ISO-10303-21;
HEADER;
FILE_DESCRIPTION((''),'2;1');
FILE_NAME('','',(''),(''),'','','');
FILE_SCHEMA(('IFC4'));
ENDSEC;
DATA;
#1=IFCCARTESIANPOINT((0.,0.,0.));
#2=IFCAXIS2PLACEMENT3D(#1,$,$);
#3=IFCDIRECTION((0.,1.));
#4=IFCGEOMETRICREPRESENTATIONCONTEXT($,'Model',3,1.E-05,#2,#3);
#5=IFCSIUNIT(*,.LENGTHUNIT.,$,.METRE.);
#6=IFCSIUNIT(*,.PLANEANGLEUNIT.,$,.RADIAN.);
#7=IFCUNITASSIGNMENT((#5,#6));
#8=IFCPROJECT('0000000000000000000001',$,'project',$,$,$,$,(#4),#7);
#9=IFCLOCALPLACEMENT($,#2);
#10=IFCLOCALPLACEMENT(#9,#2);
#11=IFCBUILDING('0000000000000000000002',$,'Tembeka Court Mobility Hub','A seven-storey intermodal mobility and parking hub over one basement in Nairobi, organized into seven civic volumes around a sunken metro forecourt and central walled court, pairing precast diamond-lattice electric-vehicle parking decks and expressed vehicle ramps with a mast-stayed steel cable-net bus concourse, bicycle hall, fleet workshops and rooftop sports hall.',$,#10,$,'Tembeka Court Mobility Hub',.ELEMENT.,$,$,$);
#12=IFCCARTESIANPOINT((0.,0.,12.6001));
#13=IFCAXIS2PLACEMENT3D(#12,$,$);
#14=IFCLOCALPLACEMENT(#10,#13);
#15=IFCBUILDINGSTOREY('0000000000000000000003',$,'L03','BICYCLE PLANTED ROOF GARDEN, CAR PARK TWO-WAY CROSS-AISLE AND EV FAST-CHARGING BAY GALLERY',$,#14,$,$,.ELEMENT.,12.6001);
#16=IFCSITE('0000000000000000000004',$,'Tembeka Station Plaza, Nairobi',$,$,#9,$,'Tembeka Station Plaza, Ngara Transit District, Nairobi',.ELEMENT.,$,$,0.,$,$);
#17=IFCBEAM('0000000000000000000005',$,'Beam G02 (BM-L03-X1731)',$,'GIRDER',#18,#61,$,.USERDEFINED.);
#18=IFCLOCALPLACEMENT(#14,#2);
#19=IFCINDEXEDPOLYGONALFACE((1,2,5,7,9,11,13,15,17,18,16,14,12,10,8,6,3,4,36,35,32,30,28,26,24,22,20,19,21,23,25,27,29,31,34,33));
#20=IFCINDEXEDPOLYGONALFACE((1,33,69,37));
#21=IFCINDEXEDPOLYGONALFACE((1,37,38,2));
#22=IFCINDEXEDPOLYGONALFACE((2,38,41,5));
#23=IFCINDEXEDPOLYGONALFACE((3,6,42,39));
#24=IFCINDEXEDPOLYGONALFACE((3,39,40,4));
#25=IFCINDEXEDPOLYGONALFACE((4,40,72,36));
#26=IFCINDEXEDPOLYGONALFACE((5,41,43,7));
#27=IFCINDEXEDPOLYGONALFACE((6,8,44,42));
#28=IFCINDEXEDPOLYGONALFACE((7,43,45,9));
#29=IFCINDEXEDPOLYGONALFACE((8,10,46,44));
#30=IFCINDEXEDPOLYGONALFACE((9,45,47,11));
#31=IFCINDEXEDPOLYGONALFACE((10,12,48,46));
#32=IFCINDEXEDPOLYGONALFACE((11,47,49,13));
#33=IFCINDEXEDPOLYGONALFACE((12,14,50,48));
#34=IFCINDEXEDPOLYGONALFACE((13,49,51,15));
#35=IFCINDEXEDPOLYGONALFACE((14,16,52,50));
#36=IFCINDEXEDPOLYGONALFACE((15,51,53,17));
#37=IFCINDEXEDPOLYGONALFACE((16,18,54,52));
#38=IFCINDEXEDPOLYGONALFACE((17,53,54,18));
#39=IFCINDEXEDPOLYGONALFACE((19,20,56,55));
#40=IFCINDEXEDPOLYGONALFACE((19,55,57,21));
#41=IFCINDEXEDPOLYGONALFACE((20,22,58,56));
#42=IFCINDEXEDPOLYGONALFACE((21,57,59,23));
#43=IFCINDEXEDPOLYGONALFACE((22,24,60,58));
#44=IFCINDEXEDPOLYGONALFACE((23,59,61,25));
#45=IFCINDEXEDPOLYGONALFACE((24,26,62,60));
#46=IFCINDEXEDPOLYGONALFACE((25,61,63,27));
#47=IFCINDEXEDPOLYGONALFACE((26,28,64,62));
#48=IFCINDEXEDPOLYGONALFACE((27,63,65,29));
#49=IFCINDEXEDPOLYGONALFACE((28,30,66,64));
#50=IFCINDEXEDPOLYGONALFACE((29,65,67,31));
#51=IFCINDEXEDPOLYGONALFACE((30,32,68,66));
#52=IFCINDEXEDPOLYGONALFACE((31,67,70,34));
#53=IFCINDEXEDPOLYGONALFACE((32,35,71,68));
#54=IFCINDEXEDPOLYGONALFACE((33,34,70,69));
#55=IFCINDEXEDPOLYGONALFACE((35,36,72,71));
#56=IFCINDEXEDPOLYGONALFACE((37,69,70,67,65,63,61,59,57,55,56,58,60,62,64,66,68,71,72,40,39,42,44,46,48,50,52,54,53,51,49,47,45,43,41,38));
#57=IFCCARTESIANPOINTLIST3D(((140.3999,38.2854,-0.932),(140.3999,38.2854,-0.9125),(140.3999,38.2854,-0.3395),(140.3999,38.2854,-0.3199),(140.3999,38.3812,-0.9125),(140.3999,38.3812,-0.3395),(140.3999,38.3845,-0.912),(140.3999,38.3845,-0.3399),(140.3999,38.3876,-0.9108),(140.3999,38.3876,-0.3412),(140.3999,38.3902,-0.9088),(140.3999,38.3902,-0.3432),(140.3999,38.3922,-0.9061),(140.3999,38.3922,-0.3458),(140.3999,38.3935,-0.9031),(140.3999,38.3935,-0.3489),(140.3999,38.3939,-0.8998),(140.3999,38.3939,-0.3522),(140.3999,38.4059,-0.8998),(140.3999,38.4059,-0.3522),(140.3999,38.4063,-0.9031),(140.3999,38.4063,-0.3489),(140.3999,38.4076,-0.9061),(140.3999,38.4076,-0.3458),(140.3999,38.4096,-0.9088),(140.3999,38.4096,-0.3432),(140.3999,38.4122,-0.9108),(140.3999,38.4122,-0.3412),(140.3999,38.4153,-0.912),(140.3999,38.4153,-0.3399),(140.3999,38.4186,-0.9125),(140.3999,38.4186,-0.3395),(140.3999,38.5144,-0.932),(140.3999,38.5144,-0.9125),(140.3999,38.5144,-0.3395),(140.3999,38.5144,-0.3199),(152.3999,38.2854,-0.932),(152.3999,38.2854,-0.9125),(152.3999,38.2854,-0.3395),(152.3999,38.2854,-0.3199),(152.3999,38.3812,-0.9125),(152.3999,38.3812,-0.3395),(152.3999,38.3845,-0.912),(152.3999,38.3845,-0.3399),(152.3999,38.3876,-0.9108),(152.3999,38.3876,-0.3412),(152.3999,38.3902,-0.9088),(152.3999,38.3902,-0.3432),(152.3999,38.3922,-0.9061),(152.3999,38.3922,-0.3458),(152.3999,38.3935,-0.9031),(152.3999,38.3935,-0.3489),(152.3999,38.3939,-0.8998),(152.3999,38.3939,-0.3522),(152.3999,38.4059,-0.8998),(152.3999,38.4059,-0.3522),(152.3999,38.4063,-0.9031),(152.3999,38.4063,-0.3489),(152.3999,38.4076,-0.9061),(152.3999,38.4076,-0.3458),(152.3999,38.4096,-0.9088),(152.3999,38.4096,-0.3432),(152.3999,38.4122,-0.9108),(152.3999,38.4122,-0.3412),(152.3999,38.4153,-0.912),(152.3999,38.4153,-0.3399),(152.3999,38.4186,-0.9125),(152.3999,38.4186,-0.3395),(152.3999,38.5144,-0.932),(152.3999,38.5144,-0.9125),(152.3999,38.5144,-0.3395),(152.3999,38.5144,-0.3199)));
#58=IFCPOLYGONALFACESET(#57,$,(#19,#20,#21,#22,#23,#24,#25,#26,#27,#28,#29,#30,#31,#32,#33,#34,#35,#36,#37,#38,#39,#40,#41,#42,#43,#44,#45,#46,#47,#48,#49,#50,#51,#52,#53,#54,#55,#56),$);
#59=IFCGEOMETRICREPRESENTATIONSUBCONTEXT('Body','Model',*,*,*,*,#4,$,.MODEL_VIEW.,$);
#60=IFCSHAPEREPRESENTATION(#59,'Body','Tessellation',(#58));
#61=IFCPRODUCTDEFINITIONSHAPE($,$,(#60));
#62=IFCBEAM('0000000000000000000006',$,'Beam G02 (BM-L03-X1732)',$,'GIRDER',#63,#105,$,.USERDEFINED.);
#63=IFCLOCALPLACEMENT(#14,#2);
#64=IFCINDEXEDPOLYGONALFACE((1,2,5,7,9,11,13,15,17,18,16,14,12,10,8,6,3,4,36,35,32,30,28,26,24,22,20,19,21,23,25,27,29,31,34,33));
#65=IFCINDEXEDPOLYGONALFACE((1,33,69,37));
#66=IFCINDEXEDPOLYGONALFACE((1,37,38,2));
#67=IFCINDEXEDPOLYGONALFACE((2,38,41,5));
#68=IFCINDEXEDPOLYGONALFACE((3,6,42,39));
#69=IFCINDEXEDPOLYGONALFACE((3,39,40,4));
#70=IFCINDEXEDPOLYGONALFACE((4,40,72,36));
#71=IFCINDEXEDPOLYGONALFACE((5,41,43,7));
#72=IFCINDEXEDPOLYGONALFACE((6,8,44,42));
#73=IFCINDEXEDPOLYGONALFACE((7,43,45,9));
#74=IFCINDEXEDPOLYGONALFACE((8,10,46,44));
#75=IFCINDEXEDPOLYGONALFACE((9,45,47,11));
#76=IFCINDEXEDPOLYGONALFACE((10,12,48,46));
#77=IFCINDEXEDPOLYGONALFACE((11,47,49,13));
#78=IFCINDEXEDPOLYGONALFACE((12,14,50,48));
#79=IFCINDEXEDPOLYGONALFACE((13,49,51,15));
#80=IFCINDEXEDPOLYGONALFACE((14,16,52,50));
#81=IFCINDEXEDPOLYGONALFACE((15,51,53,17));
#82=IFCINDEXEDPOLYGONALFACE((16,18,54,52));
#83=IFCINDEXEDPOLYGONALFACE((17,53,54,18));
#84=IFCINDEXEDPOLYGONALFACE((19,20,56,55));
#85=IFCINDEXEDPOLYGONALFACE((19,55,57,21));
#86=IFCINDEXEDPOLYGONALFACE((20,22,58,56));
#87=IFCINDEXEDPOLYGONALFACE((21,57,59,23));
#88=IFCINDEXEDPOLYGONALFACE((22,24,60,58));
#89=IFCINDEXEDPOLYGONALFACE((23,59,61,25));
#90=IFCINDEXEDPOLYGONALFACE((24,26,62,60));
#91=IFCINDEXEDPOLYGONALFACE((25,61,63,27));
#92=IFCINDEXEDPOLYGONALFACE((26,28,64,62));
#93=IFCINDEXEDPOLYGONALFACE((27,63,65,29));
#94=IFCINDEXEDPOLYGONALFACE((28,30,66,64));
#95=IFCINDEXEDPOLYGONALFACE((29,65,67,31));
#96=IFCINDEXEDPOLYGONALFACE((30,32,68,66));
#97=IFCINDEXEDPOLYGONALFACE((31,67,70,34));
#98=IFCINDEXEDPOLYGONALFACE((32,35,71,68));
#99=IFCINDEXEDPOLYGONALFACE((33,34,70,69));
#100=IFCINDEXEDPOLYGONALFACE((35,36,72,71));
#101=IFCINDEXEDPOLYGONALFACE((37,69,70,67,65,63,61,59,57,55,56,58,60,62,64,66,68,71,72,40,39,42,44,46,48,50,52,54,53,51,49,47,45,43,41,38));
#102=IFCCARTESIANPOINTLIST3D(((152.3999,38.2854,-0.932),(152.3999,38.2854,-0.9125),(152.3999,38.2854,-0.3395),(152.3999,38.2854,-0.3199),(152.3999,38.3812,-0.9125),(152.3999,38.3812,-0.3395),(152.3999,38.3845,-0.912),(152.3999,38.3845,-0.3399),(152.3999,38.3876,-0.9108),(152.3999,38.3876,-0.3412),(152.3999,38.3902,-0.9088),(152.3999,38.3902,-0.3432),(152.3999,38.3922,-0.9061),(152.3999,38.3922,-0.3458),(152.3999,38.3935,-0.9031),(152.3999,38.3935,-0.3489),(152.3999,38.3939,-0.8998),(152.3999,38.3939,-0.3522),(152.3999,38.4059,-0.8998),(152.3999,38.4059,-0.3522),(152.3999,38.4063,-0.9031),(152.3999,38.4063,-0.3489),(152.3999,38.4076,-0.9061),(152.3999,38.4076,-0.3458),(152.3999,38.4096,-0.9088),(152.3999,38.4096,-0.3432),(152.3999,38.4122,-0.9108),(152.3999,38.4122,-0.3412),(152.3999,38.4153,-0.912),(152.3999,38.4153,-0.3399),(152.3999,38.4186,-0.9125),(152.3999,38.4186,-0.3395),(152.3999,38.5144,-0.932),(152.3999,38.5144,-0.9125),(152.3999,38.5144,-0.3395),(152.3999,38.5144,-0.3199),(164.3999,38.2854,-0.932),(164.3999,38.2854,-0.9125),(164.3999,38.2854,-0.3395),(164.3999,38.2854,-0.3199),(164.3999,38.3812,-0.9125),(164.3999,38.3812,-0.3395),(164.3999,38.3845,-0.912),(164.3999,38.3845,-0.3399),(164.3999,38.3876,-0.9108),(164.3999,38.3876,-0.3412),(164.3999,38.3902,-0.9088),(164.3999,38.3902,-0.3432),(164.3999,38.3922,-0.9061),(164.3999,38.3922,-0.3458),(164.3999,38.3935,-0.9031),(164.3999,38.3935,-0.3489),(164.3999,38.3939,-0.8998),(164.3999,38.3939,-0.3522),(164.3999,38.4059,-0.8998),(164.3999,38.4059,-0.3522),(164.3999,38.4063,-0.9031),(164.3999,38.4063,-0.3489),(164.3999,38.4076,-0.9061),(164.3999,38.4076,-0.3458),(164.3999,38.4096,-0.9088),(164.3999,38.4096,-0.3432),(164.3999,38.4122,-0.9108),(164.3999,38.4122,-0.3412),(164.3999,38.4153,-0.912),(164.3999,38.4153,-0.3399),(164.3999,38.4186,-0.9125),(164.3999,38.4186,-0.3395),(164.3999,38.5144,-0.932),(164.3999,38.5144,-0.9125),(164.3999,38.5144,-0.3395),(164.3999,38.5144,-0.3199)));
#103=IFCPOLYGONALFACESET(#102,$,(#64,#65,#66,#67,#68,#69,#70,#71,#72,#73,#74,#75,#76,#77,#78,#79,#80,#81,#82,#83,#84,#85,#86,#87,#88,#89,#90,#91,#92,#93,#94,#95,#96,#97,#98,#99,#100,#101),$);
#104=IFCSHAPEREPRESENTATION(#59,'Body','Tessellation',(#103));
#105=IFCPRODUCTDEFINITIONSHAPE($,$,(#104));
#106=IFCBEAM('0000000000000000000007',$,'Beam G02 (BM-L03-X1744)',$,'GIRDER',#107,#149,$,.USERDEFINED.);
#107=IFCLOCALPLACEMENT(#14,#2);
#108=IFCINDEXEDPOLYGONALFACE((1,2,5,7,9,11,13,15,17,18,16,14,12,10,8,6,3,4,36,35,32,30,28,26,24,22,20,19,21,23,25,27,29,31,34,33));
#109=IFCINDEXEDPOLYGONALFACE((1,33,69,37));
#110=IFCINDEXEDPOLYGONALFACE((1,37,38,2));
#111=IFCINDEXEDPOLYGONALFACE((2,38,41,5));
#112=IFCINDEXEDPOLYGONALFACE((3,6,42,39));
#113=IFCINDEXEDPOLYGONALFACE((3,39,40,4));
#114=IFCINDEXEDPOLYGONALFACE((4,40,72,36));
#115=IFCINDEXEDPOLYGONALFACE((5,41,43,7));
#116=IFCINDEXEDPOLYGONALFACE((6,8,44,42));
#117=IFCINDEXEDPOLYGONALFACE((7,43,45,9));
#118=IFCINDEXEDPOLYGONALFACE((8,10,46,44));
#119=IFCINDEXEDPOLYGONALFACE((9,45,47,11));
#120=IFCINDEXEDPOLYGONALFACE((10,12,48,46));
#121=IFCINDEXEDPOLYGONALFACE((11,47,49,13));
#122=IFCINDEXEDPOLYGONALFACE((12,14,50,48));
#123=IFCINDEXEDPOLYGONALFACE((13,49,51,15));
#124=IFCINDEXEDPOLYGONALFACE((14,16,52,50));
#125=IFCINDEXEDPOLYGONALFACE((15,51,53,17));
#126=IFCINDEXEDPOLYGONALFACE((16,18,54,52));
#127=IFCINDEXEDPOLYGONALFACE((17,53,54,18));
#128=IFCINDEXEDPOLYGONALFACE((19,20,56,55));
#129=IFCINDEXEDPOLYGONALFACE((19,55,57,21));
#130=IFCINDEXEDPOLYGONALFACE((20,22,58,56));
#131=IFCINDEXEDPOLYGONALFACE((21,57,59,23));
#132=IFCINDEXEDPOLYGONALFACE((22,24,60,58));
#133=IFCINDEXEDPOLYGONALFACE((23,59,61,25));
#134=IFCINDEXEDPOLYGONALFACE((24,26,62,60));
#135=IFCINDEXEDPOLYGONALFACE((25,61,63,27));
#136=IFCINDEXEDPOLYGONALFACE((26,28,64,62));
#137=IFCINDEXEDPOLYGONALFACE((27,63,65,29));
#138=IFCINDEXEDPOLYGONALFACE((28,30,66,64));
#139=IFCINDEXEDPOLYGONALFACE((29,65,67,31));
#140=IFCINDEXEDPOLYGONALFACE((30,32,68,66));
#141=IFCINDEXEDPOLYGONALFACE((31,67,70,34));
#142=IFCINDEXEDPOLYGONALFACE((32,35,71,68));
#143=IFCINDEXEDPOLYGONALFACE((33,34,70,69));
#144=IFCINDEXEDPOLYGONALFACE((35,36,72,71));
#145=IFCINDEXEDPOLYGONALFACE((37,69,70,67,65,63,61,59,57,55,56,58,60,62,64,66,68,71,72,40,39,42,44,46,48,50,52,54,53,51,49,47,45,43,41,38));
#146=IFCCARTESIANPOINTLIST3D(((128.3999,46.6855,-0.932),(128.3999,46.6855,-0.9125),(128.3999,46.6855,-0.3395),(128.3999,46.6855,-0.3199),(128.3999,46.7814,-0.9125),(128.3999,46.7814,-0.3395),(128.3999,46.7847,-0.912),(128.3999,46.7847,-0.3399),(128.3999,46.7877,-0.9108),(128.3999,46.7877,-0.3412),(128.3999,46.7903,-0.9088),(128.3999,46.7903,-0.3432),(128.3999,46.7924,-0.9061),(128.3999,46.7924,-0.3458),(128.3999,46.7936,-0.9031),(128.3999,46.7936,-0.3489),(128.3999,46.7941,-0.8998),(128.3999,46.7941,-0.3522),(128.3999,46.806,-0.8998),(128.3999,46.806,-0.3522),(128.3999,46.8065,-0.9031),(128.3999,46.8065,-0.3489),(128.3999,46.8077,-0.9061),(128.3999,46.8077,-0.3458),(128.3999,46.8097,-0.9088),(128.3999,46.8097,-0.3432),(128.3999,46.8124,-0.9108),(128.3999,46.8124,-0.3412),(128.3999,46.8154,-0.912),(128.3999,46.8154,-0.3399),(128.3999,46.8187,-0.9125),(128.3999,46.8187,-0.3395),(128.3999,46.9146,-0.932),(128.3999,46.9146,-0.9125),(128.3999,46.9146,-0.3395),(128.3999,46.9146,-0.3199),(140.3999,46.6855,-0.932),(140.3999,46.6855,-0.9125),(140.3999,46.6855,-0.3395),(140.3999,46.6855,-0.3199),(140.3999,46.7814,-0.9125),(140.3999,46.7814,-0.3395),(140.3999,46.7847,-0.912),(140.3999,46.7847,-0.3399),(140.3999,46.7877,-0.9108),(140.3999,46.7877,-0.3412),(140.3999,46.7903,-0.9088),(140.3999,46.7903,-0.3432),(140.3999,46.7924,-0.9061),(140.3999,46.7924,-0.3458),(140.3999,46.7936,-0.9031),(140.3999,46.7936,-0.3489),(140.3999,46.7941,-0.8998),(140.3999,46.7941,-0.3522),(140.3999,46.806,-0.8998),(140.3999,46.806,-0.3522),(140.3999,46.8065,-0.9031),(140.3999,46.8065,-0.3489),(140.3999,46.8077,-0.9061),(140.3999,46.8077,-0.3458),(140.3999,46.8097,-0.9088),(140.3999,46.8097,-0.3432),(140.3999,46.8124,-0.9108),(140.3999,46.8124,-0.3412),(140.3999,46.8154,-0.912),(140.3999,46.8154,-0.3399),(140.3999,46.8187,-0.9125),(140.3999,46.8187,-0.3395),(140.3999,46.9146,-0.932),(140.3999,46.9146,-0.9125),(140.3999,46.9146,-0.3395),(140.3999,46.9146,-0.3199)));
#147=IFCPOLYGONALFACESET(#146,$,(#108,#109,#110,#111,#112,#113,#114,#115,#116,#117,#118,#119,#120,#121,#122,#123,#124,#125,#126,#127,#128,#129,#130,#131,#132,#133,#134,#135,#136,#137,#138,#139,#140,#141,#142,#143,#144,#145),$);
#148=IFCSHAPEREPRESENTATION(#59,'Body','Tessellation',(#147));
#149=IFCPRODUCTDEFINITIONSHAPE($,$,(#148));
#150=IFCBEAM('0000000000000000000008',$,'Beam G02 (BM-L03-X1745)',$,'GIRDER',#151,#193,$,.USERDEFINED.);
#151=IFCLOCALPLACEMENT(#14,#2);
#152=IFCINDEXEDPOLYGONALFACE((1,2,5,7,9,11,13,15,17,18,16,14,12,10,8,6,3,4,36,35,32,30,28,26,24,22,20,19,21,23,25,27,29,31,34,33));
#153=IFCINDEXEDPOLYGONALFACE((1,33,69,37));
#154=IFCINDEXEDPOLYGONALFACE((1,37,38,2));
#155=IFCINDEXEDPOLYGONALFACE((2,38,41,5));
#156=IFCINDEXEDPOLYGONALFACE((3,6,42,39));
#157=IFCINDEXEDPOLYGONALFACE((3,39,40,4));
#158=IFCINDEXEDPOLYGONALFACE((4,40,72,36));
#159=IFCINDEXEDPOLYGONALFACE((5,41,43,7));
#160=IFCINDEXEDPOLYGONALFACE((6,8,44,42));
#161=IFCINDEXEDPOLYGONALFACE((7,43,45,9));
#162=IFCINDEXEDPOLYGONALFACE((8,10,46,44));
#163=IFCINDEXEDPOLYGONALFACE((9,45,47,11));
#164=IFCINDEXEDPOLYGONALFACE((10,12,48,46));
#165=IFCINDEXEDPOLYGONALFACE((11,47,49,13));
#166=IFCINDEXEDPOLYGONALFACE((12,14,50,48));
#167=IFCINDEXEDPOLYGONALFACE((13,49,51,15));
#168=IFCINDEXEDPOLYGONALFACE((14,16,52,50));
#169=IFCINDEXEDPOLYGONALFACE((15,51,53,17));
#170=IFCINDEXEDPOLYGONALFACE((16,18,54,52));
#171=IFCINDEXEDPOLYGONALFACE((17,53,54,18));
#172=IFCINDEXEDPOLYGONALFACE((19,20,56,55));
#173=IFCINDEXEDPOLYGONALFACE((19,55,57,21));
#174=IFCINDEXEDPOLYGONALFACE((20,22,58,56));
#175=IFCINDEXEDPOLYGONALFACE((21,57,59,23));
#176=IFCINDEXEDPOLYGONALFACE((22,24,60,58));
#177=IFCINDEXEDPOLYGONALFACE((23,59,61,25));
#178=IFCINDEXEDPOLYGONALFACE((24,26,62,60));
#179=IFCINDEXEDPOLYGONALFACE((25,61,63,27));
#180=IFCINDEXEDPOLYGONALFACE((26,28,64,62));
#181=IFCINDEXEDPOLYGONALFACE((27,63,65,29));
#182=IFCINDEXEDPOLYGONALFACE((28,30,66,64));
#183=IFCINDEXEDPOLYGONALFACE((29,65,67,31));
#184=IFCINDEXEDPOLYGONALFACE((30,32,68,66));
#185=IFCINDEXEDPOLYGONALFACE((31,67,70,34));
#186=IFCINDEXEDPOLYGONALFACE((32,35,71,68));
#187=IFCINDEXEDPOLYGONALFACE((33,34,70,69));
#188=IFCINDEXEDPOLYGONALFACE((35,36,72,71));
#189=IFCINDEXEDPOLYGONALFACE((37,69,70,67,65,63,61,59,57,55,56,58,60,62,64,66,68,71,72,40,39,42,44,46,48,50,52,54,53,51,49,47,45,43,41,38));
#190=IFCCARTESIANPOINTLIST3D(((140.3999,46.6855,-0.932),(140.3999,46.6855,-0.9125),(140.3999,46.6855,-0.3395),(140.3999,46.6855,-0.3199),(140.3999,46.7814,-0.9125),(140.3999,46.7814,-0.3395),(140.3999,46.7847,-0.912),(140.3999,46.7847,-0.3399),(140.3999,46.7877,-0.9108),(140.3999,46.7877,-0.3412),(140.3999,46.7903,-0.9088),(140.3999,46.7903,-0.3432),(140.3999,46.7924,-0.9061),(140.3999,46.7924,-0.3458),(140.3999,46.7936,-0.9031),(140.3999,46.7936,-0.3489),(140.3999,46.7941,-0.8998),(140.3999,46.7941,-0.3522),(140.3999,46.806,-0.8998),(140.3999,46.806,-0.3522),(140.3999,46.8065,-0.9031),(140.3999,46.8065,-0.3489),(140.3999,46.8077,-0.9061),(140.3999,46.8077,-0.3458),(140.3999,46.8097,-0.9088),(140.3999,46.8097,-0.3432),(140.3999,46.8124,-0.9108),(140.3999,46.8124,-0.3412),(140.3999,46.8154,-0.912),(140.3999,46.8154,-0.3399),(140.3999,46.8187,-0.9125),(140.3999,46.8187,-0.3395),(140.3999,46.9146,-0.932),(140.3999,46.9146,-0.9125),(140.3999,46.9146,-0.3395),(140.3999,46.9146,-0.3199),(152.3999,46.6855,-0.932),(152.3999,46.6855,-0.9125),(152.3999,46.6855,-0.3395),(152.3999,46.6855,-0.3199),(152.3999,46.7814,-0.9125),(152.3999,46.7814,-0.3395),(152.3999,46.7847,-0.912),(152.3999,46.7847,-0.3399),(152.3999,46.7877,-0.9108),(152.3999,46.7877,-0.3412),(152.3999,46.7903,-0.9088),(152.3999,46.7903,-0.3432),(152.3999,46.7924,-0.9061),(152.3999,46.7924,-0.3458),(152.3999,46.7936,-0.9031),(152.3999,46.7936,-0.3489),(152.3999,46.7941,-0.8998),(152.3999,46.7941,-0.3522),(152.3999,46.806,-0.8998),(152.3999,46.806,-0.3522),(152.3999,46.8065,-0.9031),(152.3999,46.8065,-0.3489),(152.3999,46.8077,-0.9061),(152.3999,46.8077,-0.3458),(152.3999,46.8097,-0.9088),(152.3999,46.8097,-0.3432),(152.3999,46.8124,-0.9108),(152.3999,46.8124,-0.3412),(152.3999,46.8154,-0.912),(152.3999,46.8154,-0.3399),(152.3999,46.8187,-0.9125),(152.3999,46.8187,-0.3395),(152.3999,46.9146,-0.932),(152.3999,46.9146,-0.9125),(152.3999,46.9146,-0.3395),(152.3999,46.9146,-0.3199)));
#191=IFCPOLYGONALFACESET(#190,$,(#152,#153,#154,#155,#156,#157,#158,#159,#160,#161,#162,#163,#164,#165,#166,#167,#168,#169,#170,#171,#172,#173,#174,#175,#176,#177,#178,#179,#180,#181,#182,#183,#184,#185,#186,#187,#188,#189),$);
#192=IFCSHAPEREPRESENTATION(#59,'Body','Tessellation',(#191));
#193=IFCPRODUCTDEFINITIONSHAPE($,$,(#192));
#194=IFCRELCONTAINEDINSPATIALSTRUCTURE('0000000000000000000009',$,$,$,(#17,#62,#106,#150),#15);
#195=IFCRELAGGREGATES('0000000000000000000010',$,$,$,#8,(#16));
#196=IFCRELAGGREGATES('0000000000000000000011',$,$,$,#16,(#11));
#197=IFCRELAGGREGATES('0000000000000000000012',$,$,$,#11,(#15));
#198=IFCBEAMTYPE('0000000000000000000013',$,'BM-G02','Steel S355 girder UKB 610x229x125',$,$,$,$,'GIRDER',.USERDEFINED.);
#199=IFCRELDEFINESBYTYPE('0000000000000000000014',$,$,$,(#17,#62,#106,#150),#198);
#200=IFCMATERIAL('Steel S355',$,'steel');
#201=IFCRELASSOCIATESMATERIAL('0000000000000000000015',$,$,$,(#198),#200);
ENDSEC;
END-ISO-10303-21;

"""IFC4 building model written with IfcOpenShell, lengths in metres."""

from ifc_helpers import new_model, si_unit, direction, frame, origin, origin_2d, place, context, subcontext, project, spatial, i_section, extrude, material, material_profile, profile_set, type_object, element, save


model = new_model("IFC4")

# Units and contexts
model_context = context("Model", 3, precision=1e-05, world=origin(), true_north=direction((0.0, 1.0)))
body_context = subcontext(model_context, "Body", "Model", "MODEL_VIEW")
ifc_project = project(units=[si_unit("LENGTHUNIT", "METRE"), si_unit("PLANEANGLEUNIT", "RADIAN")], contexts=[model_context])

# Site, building, storey
site_placement = place(None, origin())
site = spatial("IfcSite", under=ifc_project, at=site_placement, Name="Tembeka Station Plaza, Nairobi", LongName="Tembeka Station Plaza, Ngara Transit District, Nairobi", CompositionType="ELEMENT", RefElevation=0.0)
building_placement = place(site_placement, origin())
building = spatial("IfcBuilding", under=site, at=building_placement, Name="Tembeka Court Mobility Hub", Description="A seven-storey intermodal mobility and parking hub over one basement in Nairobi, organized into seven civic volumes around a sunken metro forecourt and central walled court, pairing precast diamond-lattice electric-vehicle parking decks and expressed vehicle ramps with a mast-stayed steel cable-net bus concourse, bicycle hall, fleet workshops and rooftop sports hall.", LongName="Tembeka Court Mobility Hub", CompositionType="ELEMENT")
storey_placement = place(building_placement, frame((0.0, 0.0, 12.6001)))
storey = spatial("IfcBuildingStorey", under=building, at=storey_placement, Name="L03", Description="BICYCLE PLANTED ROOF GARDEN, CAR PARK TWO-WAY CROSS-AISLE AND EV FAST-CHARGING BAY GALLERY", CompositionType="ELEMENT", Elevation=12.6001)

# Shared definitions
ifc_material_1 = material(Name="Steel S355", Category="steel")

# Beams
ifc_material_profile_1 = material_profile(ifc_material_1, i_section(OverallWidth=0.229, OverallDepth=0.6121, WebThickness=0.012, FlangeThickness=0.0195, FilletRadius=0.0127, at=origin_2d()), Name="UKB 610x229x125")
ifc_profile_set_1 = profile_set([ifc_material_profile_1], Name="Steel S355")
beam_type_1 = type_object("IfcBeamType", Name="BM-G02", Description="Steel S355 girder UKB 610x229x125", ElementType="GIRDER", PredefinedType="USERDEFINED", material=ifc_profile_set_1)
for number, where, z_axis, x_axis, name in (
    (1, (140.3999, 38.3999, -0.626), (1.0, 0.0, 0.0), (0.0, 1.0, 0.0), "Beam G02 (BM-L03-X1731)"),
    (2, (152.3999, 38.3999, -0.626), (1.0, 0.0, 0.0), (0.0, 1.0, 0.0), "Beam G02 (BM-L03-X1732)"),
    (3, (128.3999, 46.8, -0.626), (1.0, 0.0, 0.0), (0.0, 1.0, 0.0), "Beam G02 (BM-L03-X1744)"),
    (4, (140.3999, 46.8, -0.626), (1.0, 0.0, 0.0), (0.0, 1.0, 0.0), "Beam G02 (BM-L03-X1745)"),
):
    element("IfcBeam", number, at=place(storey_placement, frame(where, z_axis=z_axis, x_axis=x_axis)), inside=storey, type_object=beam_type_1, Name=name, ObjectType="GIRDER", PredefinedType="USERDEFINED", context=body_context, shape_type="SweptSolid", body=[
        extrude(i_section(OverallWidth=0.229, OverallDepth=0.6121, WebThickness=0.012, FlangeThickness=0.0195, FilletRadius=0.0127, at=origin_2d()), origin(), (0.0, 0.0, 1.0), 12.0),
    ])

save(model, "model.ifc")
